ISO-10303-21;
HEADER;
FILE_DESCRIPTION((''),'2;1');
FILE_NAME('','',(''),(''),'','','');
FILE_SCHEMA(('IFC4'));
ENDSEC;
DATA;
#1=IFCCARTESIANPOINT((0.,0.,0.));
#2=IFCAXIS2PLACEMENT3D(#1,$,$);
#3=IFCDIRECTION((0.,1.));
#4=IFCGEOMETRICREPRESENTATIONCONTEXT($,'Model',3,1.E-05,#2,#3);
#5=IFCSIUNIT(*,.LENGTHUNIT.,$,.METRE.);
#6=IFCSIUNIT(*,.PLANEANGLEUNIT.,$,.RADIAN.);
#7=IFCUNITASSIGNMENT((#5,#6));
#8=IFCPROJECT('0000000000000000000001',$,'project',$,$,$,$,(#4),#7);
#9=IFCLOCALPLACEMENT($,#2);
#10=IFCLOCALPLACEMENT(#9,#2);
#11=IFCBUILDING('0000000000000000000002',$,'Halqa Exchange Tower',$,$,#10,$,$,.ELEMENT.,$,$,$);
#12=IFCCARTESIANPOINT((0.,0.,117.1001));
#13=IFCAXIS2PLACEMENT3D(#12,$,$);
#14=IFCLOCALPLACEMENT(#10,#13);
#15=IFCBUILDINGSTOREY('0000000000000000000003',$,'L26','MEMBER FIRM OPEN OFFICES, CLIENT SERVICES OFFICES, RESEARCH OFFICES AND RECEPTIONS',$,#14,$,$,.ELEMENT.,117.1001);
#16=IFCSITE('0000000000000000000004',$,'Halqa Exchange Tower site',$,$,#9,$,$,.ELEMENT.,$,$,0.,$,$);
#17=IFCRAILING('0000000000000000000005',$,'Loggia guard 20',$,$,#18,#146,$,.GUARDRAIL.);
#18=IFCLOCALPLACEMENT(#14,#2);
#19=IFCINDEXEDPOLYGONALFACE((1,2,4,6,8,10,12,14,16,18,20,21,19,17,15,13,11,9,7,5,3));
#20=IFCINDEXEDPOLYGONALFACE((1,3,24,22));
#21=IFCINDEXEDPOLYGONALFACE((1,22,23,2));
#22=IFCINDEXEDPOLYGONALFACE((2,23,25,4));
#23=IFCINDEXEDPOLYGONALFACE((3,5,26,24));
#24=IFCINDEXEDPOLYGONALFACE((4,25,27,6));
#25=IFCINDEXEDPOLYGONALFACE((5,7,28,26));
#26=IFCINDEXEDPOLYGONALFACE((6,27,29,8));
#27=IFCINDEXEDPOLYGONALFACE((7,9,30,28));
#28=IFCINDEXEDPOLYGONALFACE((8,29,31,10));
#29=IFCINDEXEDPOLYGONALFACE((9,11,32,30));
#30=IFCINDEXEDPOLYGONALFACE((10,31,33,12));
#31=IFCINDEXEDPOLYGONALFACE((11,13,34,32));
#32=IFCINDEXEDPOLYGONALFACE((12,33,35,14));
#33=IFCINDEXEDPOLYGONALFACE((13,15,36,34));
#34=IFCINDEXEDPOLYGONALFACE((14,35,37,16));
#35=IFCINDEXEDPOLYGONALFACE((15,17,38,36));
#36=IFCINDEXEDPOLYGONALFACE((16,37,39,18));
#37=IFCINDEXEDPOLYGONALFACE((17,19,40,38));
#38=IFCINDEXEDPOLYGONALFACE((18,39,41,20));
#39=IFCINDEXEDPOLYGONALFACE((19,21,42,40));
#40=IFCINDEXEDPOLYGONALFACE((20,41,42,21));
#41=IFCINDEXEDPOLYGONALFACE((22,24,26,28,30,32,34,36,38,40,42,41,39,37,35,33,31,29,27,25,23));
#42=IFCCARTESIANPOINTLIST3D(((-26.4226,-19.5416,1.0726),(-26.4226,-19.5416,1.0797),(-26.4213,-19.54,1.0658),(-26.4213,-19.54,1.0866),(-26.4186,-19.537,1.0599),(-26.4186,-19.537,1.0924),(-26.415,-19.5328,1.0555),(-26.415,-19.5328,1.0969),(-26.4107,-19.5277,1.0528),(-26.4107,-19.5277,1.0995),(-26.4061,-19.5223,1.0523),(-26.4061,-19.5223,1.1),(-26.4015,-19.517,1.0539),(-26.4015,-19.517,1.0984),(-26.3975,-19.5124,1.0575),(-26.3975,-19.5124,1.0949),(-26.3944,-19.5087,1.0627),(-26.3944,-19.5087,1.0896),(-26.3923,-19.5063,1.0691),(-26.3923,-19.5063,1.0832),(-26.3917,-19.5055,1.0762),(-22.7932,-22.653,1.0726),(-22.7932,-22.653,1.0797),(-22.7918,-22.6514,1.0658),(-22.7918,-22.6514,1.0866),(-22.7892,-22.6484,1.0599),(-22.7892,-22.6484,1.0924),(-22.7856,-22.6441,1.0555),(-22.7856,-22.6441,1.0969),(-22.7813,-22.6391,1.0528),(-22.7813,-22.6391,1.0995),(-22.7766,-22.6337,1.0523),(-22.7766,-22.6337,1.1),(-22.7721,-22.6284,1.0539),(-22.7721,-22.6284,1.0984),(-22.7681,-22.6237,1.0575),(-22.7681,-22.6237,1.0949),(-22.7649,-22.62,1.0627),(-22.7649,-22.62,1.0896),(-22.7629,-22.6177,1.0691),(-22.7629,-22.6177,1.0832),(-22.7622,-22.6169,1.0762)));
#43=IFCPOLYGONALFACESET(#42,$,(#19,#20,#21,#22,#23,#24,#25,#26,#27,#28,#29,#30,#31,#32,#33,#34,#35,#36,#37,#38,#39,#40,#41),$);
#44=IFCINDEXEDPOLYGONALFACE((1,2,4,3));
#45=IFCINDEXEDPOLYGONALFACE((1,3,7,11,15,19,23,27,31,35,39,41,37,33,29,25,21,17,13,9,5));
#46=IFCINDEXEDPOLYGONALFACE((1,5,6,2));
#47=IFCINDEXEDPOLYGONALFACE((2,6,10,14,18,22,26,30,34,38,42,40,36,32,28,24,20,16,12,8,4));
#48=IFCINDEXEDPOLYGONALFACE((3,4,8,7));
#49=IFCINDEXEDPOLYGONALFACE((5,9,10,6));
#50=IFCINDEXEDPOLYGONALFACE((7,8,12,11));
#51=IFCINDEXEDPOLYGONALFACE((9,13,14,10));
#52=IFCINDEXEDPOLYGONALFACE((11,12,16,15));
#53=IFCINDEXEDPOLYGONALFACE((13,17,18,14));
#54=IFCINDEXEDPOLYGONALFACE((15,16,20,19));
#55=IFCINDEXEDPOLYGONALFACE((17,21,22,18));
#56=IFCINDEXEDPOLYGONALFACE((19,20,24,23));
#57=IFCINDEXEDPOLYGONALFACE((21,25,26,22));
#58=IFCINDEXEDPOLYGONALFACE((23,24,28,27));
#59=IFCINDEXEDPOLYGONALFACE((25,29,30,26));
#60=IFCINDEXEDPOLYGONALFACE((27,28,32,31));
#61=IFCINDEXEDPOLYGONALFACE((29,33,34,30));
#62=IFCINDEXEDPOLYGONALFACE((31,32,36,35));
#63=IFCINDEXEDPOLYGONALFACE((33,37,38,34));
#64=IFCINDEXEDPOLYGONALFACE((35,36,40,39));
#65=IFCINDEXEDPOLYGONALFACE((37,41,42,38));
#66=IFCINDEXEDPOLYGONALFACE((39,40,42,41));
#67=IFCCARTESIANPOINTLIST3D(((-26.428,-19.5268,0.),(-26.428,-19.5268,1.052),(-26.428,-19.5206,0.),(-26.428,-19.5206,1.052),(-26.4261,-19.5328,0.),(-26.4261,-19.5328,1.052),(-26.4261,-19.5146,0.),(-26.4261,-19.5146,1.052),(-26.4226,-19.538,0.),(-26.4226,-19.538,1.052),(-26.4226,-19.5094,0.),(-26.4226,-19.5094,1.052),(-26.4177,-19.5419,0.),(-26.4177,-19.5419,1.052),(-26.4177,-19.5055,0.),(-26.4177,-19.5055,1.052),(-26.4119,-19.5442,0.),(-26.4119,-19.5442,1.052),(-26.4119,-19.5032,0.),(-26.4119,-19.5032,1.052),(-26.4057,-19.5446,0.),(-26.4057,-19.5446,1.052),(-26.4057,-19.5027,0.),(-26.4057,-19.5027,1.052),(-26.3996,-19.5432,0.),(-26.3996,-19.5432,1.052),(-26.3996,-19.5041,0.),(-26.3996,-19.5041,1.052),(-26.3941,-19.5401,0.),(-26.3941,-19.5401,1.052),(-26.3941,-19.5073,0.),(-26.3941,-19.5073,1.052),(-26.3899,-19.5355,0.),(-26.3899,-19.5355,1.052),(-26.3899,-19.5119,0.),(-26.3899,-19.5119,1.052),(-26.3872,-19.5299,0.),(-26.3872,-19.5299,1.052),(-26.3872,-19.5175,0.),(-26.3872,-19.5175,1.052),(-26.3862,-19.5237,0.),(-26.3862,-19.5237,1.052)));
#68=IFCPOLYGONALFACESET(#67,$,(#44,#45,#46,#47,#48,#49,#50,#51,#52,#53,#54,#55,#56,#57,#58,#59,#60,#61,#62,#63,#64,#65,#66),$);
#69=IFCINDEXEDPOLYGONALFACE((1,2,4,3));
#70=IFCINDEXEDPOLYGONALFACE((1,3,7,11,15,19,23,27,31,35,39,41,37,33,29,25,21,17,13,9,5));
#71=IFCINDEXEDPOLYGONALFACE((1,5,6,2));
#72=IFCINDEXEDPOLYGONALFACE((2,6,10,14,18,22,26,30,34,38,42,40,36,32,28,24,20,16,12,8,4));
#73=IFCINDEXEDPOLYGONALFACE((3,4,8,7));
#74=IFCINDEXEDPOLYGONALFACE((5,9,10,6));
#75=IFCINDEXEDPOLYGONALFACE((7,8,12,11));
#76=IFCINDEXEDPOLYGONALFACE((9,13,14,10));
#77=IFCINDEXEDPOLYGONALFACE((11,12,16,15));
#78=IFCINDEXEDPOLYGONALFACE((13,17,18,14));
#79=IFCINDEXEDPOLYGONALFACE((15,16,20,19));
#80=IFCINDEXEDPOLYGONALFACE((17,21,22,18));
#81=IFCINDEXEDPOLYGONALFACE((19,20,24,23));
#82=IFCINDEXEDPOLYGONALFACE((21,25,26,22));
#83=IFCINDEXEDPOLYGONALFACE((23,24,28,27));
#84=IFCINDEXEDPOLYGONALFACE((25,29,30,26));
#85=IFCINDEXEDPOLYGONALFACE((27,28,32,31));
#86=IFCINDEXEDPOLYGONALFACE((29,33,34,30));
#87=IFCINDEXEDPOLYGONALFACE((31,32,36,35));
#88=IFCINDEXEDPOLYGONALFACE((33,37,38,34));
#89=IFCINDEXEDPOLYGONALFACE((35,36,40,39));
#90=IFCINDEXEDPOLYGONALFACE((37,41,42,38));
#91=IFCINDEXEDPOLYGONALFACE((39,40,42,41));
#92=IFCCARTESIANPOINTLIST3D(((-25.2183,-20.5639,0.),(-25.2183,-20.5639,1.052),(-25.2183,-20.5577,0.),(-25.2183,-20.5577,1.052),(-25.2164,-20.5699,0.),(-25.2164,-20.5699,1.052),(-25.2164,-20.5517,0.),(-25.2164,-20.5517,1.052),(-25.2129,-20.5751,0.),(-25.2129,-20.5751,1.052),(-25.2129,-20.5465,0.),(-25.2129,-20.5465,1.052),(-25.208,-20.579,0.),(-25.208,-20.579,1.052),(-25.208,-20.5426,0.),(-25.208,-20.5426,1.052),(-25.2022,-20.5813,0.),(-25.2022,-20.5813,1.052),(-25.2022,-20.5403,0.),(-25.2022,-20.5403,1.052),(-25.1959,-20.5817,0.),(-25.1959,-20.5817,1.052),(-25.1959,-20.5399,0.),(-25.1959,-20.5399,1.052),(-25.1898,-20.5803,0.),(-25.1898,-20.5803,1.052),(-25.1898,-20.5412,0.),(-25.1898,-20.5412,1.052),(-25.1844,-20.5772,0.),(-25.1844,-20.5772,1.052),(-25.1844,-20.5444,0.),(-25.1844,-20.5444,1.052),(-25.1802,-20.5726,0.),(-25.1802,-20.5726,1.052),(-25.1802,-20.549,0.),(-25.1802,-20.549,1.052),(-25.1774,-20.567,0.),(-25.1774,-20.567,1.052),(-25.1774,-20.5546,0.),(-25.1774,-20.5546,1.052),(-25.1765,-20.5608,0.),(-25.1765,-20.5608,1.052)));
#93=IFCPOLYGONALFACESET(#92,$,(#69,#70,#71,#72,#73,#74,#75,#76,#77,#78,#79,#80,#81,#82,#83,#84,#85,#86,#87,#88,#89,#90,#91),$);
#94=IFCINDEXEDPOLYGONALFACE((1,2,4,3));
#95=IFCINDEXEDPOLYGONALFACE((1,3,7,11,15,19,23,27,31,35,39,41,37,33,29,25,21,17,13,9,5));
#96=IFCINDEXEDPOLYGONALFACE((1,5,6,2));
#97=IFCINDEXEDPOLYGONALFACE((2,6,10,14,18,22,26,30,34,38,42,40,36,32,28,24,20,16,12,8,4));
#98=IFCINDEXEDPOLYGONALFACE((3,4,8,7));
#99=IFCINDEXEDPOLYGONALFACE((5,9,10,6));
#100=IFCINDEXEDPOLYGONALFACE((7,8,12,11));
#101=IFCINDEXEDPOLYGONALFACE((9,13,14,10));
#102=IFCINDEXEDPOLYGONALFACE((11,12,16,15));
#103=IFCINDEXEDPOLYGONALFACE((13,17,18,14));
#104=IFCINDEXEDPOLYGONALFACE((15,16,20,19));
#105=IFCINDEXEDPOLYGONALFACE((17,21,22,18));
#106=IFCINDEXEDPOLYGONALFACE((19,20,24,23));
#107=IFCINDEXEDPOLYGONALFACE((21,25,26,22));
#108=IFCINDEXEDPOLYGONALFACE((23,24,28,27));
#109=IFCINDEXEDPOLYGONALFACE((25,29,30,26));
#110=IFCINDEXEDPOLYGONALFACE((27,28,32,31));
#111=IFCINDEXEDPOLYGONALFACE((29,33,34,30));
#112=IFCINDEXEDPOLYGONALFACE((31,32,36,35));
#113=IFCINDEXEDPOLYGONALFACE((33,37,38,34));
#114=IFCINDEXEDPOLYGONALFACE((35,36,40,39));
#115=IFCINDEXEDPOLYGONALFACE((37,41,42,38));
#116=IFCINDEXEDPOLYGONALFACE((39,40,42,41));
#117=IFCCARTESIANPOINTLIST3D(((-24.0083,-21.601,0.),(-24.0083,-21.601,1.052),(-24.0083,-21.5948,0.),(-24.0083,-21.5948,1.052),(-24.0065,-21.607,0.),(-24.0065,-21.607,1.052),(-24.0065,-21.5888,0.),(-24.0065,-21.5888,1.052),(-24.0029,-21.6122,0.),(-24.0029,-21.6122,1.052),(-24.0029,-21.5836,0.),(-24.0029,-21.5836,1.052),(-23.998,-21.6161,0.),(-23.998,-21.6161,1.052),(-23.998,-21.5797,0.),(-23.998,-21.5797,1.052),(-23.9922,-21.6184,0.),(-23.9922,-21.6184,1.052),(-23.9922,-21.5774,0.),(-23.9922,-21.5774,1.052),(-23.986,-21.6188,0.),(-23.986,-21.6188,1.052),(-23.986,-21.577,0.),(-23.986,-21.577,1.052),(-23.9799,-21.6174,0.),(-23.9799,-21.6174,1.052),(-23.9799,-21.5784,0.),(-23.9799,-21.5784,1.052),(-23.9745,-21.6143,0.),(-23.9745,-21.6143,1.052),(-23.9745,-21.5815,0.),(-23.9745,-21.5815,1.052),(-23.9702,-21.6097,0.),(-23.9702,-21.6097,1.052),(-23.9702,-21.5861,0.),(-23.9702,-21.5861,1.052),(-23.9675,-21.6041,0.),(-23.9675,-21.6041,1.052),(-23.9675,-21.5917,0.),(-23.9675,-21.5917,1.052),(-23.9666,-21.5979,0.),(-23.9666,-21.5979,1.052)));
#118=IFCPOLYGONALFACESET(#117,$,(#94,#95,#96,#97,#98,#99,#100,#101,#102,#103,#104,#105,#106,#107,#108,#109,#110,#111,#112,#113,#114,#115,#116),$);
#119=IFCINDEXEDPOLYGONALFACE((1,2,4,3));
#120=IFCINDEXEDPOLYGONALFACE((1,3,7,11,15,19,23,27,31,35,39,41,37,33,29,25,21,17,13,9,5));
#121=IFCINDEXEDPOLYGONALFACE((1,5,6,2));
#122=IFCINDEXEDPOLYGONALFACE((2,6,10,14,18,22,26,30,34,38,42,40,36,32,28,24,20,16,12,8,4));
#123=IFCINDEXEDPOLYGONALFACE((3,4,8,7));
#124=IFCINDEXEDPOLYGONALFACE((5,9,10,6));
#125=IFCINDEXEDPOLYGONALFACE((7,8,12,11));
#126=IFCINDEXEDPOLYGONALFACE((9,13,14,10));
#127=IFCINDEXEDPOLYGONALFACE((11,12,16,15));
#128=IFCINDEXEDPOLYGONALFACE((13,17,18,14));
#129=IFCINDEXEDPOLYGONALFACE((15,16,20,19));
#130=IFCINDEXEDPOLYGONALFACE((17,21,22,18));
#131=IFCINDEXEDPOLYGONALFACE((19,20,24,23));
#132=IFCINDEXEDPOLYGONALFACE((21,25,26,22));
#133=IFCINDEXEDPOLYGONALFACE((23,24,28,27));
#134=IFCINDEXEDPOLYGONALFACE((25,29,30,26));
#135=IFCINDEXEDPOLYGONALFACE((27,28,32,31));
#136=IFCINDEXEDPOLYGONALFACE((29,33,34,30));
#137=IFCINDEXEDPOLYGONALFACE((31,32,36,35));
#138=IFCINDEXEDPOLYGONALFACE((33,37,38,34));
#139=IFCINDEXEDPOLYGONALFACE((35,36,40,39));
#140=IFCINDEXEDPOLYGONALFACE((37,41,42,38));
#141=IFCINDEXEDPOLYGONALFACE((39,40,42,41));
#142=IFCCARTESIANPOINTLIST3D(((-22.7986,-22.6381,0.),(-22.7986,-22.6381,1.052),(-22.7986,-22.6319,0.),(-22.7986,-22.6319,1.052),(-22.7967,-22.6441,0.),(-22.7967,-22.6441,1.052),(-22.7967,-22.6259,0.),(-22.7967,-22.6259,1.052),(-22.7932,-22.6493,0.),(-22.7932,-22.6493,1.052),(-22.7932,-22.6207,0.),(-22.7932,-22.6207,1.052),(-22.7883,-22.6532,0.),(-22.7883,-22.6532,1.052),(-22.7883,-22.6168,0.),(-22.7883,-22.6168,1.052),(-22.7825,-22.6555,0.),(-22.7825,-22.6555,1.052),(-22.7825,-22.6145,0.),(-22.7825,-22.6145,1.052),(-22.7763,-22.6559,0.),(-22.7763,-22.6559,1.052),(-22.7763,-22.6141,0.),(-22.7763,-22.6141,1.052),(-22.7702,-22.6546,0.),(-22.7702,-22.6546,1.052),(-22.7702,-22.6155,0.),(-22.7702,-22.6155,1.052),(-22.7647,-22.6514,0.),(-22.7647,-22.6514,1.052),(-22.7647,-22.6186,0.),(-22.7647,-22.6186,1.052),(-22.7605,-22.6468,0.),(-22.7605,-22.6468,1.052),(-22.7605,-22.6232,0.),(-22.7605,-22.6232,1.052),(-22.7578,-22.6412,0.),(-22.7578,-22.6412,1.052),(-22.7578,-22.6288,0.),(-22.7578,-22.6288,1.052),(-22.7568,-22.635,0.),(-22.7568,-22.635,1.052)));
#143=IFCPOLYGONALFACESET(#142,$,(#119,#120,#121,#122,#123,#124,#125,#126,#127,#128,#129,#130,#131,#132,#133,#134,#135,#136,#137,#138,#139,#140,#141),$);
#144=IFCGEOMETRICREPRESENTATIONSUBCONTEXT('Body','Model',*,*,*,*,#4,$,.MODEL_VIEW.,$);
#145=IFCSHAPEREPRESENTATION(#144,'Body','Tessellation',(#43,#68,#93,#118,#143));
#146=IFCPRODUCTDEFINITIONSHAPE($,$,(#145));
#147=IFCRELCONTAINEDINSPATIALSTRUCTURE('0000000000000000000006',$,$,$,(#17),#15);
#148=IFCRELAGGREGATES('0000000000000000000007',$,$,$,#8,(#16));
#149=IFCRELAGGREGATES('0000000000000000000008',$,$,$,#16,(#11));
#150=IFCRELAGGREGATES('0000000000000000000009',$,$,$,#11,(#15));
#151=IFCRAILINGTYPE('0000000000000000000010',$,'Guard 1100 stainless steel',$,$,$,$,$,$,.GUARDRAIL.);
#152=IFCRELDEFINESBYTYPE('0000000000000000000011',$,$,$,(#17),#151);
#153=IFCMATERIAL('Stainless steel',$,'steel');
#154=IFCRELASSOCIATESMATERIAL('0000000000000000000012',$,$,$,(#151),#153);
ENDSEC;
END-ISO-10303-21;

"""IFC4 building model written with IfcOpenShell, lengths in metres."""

from ifc_helpers import new_model, si_unit, direction, frame, origin, origin_2d, place, context, subcontext, project, spatial, circle, extrude, material, type_object, element, save


model = new_model("IFC4")

# Units and contexts
model_context = context("Model", 3, precision=1e-05, world=origin(), true_north=direction((0.0, 1.0)))
body_context = subcontext(model_context, "Body", "Model", "MODEL_VIEW")
ifc_project = project(units=[si_unit("LENGTHUNIT", "METRE"), si_unit("PLANEANGLEUNIT", "RADIAN")], contexts=[model_context])

# Site, building, storey
site_placement = place(None, origin())
site = spatial("IfcSite", under=ifc_project, at=site_placement, Name="Halqa Exchange Tower site", CompositionType="ELEMENT", RefElevation=0.0)
building_placement = place(site_placement, origin())
building = spatial("IfcBuilding", under=site, at=building_placement, Name="Halqa Exchange Tower", CompositionType="ELEMENT")
storey_placement = place(building_placement, frame((0.0, 0.0, 117.1001)))
storey = spatial("IfcBuildingStorey", under=building, at=storey_placement, Name="L26", Description="MEMBER FIRM OPEN OFFICES, CLIENT SERVICES OFFICES, RESEARCH OFFICES AND RECEPTIONS", CompositionType="ELEMENT", Elevation=117.1001)

# Railing
ifc_material_1 = material(Name="Stainless steel", Category="steel")
railing_type = type_object("IfcRailingType", Name="Guard 1100 stainless steel", PredefinedType="GUARDRAIL", material=ifc_material_1)
railing_1_placement = place(storey_placement, frame((-26.4072, -19.5237, 0.0)))
element("IfcRailing", 1, at=railing_1_placement, inside=storey, type_object=railing_type, Name="Loggia guard 20", PredefinedType="GUARDRAIL", context=body_context, shape_type="SweptSolid", body=[
    extrude(circle(Radius=0.0239, at=origin_2d()), frame((0.0, 0.0, 1.0762), z_axis=(0.759213, -0.650842, 0.0), x_axis=(0.650842, 0.759213, 0.0)), (0.0, 0.0, 1.0), 4.7805),
    extrude(circle(Radius=0.021, at=origin_2d()), origin(), (0.0, 0.0, 1.0), 1.052),
    extrude(circle(Radius=0.021, at=origin_2d()), frame((1.2097, -1.0371, 0.0)), (0.0, 0.0, 1.0), 1.052),
    extrude(circle(Radius=0.021, at=origin_2d()), frame((2.4197, -2.0742, 0.0)), (0.0, 0.0, 1.0), 1.052),
    extrude(circle(Radius=0.021, at=origin_2d()), frame((3.6294, -3.1113, 0.0)), (0.0, 0.0, 1.0), 1.052),
])

save(model, "model.ifc")
